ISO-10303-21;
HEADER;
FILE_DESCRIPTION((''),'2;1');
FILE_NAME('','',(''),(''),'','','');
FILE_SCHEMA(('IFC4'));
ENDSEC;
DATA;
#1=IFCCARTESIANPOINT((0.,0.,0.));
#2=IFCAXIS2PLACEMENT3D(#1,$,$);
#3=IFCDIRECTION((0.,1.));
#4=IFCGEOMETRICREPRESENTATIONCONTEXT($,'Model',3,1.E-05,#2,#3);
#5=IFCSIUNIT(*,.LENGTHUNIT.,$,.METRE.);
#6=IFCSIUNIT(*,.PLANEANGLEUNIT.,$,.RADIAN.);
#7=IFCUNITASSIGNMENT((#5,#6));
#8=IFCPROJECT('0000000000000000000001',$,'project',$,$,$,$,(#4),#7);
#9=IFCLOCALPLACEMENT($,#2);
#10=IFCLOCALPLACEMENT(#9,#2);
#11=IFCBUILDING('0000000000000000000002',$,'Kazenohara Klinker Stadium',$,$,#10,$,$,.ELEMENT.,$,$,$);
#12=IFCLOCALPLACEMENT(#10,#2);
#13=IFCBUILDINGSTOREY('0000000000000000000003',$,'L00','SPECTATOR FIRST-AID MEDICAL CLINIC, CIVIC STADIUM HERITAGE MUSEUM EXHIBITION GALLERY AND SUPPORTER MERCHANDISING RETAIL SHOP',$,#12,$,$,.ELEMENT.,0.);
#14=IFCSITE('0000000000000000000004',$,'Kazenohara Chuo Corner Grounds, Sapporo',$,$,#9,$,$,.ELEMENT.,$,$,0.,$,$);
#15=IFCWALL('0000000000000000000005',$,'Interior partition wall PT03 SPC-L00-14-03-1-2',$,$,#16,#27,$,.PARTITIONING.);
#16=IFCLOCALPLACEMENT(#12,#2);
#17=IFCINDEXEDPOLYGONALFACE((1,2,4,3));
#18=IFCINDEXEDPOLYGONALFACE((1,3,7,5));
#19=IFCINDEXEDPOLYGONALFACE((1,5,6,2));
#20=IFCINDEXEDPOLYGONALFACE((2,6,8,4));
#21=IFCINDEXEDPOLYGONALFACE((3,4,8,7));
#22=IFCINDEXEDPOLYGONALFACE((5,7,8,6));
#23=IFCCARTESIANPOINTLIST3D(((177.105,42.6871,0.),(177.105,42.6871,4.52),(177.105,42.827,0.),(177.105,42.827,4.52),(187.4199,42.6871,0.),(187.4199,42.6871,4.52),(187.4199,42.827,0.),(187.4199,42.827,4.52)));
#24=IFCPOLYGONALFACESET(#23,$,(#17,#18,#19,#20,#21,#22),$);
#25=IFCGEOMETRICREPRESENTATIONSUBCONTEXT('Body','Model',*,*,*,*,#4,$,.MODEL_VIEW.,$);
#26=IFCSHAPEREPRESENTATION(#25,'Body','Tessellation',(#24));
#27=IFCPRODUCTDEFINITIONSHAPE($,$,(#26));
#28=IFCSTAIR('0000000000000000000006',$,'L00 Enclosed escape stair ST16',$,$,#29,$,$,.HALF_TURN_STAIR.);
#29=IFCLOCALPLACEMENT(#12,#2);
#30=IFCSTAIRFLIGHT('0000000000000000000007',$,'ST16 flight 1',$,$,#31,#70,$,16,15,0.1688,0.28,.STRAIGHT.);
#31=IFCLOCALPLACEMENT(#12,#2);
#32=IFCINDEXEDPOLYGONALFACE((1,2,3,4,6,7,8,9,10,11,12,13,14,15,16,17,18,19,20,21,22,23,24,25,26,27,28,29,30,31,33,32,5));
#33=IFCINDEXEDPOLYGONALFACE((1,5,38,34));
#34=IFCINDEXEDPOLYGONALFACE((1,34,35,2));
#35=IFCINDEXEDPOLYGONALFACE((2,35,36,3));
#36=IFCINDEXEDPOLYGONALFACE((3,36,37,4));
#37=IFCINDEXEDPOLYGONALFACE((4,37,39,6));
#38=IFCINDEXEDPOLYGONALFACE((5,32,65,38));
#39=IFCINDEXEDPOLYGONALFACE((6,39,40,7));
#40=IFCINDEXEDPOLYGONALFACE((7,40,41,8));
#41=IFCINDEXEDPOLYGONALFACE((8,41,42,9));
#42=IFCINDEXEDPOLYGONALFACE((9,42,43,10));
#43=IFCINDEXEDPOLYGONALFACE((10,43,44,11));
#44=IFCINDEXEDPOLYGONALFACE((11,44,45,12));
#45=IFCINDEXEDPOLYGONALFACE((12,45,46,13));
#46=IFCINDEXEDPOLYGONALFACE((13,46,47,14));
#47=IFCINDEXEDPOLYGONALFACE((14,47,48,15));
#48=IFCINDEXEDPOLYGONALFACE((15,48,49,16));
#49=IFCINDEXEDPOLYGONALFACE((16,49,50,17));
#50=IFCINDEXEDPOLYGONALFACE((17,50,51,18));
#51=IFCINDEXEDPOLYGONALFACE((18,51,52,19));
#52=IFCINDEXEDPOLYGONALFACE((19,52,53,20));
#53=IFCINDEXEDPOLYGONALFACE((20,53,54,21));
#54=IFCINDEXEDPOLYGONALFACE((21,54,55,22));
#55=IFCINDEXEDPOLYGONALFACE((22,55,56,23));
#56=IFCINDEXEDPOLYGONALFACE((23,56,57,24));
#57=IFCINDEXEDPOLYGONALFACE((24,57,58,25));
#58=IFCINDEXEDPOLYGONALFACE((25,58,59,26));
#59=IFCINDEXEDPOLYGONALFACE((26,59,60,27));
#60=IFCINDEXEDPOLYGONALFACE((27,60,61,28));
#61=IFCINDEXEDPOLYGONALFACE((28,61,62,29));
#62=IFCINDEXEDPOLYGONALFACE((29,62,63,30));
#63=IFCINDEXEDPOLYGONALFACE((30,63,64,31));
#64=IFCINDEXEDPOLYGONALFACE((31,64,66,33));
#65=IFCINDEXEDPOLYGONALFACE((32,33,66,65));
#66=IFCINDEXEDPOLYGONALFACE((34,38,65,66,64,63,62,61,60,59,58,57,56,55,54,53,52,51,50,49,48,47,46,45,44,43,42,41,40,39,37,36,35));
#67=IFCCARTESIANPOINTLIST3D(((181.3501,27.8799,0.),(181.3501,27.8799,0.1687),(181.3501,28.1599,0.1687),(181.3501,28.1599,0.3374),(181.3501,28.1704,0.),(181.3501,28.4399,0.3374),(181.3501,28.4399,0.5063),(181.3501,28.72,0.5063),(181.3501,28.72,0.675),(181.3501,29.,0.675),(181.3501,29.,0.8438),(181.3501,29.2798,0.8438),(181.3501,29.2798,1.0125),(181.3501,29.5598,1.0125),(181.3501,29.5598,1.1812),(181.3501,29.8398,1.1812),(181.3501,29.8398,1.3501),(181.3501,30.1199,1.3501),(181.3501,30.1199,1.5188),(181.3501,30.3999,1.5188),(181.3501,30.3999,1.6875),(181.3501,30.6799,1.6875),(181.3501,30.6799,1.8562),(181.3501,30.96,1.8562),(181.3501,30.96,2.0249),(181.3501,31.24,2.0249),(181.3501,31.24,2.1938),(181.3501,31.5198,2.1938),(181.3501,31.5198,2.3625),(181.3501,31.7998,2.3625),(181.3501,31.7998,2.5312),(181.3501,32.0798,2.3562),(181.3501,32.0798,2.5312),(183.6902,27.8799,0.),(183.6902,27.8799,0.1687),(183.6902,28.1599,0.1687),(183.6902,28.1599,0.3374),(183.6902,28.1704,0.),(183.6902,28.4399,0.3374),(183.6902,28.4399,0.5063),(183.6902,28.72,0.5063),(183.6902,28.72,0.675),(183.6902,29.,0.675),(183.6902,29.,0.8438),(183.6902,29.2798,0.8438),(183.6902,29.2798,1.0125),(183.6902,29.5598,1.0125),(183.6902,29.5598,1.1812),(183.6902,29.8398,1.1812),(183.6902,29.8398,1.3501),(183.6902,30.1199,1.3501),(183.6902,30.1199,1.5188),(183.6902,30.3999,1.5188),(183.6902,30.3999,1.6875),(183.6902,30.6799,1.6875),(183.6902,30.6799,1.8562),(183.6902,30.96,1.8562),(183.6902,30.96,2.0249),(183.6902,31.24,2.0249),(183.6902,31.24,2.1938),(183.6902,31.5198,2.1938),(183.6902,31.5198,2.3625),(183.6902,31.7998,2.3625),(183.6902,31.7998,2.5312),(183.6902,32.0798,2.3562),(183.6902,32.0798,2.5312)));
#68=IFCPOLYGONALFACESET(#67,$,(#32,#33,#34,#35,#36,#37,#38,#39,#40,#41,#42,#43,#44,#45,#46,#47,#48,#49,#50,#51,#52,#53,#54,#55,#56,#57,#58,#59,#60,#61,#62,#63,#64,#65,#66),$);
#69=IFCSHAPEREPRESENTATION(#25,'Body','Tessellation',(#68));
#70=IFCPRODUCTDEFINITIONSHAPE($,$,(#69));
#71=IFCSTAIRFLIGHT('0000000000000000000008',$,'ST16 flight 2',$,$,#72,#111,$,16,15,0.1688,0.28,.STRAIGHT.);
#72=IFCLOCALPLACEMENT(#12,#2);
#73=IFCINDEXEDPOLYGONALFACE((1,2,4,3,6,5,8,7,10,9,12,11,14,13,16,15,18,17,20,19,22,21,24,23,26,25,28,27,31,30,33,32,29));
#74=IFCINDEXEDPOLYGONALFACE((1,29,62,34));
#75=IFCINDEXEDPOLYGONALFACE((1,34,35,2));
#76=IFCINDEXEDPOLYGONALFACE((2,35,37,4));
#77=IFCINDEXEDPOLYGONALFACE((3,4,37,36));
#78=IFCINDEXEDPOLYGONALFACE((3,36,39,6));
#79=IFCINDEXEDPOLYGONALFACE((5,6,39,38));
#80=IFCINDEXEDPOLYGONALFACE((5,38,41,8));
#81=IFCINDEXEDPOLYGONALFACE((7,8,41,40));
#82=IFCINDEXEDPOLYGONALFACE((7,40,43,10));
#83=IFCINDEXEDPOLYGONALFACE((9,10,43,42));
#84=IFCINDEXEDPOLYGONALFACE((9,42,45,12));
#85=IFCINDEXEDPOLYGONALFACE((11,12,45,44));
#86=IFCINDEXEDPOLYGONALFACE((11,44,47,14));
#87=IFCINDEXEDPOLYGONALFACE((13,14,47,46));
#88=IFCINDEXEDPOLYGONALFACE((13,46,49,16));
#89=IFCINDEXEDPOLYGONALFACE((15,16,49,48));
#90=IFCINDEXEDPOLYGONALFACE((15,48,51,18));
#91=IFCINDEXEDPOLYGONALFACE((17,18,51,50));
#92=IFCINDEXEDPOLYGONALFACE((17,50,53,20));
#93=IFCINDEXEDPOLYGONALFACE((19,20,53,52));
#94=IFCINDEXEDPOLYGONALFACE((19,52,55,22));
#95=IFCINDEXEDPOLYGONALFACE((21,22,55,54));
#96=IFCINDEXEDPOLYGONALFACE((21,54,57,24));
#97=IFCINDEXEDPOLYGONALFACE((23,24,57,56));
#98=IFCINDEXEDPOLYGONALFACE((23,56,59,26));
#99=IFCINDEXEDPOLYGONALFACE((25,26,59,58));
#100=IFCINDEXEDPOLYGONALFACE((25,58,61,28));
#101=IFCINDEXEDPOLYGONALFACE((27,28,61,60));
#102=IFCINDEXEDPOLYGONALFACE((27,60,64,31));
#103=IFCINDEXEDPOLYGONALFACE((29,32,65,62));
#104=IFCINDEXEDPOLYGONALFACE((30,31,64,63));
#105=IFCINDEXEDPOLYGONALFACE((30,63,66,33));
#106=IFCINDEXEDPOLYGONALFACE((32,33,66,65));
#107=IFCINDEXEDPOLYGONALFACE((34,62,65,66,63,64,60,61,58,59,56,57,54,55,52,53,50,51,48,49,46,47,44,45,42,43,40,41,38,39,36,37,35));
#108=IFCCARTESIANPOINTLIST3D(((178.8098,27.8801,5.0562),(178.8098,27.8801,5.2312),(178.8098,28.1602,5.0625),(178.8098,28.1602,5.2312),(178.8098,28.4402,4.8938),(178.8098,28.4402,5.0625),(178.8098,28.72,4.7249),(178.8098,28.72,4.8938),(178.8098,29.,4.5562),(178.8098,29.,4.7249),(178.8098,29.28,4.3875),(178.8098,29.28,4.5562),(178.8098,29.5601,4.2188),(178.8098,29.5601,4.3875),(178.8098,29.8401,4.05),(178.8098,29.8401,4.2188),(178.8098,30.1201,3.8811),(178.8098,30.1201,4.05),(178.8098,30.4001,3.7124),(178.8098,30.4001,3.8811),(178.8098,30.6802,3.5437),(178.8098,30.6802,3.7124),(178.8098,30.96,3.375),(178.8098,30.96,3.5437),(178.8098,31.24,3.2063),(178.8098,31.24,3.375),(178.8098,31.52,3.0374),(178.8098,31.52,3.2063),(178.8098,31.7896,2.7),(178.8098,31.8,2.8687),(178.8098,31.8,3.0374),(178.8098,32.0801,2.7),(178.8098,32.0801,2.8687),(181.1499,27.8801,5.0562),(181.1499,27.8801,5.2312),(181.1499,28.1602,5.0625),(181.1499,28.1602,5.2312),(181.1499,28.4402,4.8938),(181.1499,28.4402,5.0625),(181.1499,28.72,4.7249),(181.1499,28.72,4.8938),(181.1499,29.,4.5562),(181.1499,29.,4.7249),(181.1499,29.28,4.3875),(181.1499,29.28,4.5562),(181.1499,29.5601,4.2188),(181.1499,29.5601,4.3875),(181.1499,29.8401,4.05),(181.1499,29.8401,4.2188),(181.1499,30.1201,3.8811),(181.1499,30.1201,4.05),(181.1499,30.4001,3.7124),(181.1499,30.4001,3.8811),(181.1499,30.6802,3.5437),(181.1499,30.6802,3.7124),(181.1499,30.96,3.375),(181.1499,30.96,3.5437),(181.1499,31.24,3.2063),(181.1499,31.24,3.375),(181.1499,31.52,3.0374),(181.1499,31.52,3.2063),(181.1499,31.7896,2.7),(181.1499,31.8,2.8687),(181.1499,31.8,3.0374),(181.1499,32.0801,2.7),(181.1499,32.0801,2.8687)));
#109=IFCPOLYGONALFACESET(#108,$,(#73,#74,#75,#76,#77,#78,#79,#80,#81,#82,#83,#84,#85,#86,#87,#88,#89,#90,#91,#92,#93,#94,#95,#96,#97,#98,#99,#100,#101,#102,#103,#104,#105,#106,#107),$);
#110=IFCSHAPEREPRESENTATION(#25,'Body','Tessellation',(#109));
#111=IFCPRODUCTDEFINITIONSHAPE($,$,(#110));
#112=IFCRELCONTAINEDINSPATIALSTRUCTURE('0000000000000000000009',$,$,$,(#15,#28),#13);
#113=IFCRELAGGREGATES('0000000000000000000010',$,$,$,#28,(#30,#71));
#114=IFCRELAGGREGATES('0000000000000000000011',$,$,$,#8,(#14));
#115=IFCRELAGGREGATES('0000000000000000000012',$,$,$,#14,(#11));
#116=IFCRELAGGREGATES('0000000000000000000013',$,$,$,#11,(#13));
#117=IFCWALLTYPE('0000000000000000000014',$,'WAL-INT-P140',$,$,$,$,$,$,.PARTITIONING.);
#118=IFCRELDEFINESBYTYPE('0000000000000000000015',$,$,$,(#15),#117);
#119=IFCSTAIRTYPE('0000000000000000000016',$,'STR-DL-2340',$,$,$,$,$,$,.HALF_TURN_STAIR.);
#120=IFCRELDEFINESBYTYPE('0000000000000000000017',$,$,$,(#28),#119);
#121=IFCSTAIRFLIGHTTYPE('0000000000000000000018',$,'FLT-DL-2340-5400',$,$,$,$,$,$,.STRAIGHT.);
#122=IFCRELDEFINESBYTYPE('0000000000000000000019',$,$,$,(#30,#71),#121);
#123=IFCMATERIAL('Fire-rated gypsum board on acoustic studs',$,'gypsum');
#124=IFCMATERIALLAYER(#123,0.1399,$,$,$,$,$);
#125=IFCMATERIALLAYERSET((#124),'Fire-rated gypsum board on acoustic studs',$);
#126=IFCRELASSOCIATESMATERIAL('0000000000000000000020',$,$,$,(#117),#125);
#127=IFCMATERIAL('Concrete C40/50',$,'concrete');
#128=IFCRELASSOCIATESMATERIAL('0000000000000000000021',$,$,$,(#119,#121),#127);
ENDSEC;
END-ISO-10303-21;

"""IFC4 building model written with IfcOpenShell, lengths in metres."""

from ifc_helpers import new_model, si_unit, direction, frame, frame_2d, origin, place, context, subcontext, project, spatial, polyline, rectangle, outline, extrude, material, layer, layer_set, type_object, element, aggregate, save


model = new_model("IFC4")

# Units and contexts
model_context = context("Model", 3, precision=1e-05, world=origin(), true_north=direction((0.0, 1.0)))
body_context = subcontext(model_context, "Body", "Model", "MODEL_VIEW")
ifc_project = project(units=[si_unit("LENGTHUNIT", "METRE"), si_unit("PLANEANGLEUNIT", "RADIAN")], contexts=[model_context])

# Site, building, storey
site_placement = place(None, origin())
site = spatial("IfcSite", under=ifc_project, at=site_placement, Name="Kazenohara Chuo Corner Grounds, Sapporo", CompositionType="ELEMENT", RefElevation=0.0)
building_placement = place(site_placement, origin())
building = spatial("IfcBuilding", under=site, at=building_placement, Name="Kazenohara Klinker Stadium", CompositionType="ELEMENT")
storey_placement = place(building_placement, origin())
storey = spatial("IfcBuildingStorey", under=building, at=storey_placement, Name="L00", Description="SPECTATOR FIRST-AID MEDICAL CLINIC, CIVIC STADIUM HERITAGE MUSEUM EXHIBITION GALLERY AND SUPPORTER MERCHANDISING RETAIL SHOP", CompositionType="ELEMENT", Elevation=0.0)

# Shared definitions
ifc_material_1 = material(Name="Concrete C40/50", Category="concrete")

# Shared definitions
ifc_material_2 = material(Name="Fire-rated gypsum board on acoustic studs", Category="gypsum")

# Wall
ifc_layer_1 = layer(ifc_material_2, 0.1399)
ifc_layer_set_1 = layer_set([ifc_layer_1], Name="Fire-rated gypsum board on acoustic studs")
wall_type_1 = type_object("IfcWallType", Name="WAL-INT-P140", PredefinedType="PARTITIONING", material=ifc_layer_set_1)
wall_1_placement = place(storey_placement, frame((177.105, 42.7571, 0.0), z_axis=(0.0, 0.0, 1.0), x_axis=(1.0, 0.0, 0.0)))
element("IfcWall", 1, at=wall_1_placement, inside=storey, type_object=wall_type_1, Name="Interior partition wall PT03 SPC-L00-14-03-1-2", PredefinedType="PARTITIONING", context=body_context, shape_type="SweptSolid", body=[
    extrude(rectangle(XDim=10.3149, YDim=0.1399, at=frame_2d((5.1575, 0.0))), origin(), (0.0, 0.0, 1.0), 4.52),
])

# Stair, stair flights
stair_type = type_object("IfcStairType", Name="STR-DL-2340", PredefinedType="HALF_TURN_STAIR", material=ifc_material_1)
stair_placement = place(storey_placement, origin())
stair = element("IfcStair", 2, at=stair_placement, inside=storey, type_object=stair_type, Name="L00 Enclosed escape stair ST16", PredefinedType="HALF_TURN_STAIR")
stair_flight_type = type_object("IfcStairFlightType", Name="FLT-DL-2340-5400", PredefinedType="STRAIGHT", material=ifc_material_1)
stair_flight_1_placement = place(storey_placement, frame((182.52, 27.8799, 0.0), z_axis=(0.0, 0.0, 1.0), x_axis=(0.0, 1.0, 0.0)))
stair_flight_1 = element("IfcStairFlight", 3, at=stair_flight_1_placement, type_object=stair_flight_type, Name="ST16 flight 1", NumberOfRisers=16, NumberOfTreads=15, PredefinedType="STRAIGHT", RiserHeight=0.1688, TreadLength=0.28, context=body_context, shape_type="SweptSolid", body=[
    extrude(outline(polyline([(0.0, 0.0), (0.0, 0.1687), (0.28, 0.1687), (0.28, 0.3374), (0.5601, 0.3374), (0.5601, 0.5063), (0.8401, 0.5063), (0.8401, 0.675), (1.1201, 0.675), (1.1201, 0.8438), (1.3999, 0.8438), (1.3999, 1.0125), (1.6799, 1.0125), (1.6799, 1.1812), (1.96, 1.1812), (1.96, 1.3501), (2.24, 1.3501), (2.24, 1.5188), (2.52, 1.5188), (2.52, 1.6875), (2.8, 1.6875), (2.8, 1.8562), (3.0801, 1.8562), (3.0801, 2.0249), (3.3601, 2.0249), (3.3601, 2.1938), (3.6399, 2.1938), (3.6399, 2.3625), (3.9199, 2.3625), (3.9199, 2.5312), (4.2, 2.5312), (4.2, 2.7), (4.2, 2.3562), (0.2905, 0.0), (0.0, 0.0)])), frame((0.0, 1.1699, 0.0), z_axis=(0.0, -1.0, 0.0), x_axis=(1.0, 0.0, 0.0)), (0.0, 0.0, 1.0), 2.3401),
])
stair_flight_2_placement = place(storey_placement, frame((179.98, 32.0801, 2.7), z_axis=(0.0, 0.0, 1.0), x_axis=(0.0, -1.0, 0.0)))
stair_flight_2 = element("IfcStairFlight", 4, at=stair_flight_2_placement, type_object=stair_flight_type, Name="ST16 flight 2", NumberOfRisers=16, NumberOfTreads=15, PredefinedType="STRAIGHT", RiserHeight=0.1688, TreadLength=0.28, context=body_context, shape_type="SweptSolid", body=[
    extrude(outline(polyline([(0.0, 0.0), (0.0, 0.1687), (0.28, 0.1687), (0.28, 0.3374), (0.5601, 0.3374), (0.5601, 0.5063), (0.8401, 0.5063), (0.8401, 0.675), (1.1201, 0.675), (1.1201, 0.8438), (1.3999, 0.8438), (1.3999, 1.0125), (1.6799, 1.0125), (1.6799, 1.1812), (1.96, 1.1812), (1.96, 1.3501), (2.24, 1.3501), (2.24, 1.5188), (2.52, 1.5188), (2.52, 1.6875), (2.8, 1.6875), (2.8, 1.8562), (3.0801, 1.8562), (3.0801, 2.0249), (3.3601, 2.0249), (3.3601, 2.1938), (3.6399, 2.1938), (3.6399, 2.3625), (3.9199, 2.3625), (3.9199, 2.5312), (4.2, 2.5312), (4.2, 2.7), (4.2, 2.3562), (0.2905, 0.0), (0.0, 0.0)])), frame((0.0, 1.1699, 0.0), z_axis=(0.0, -1.0, 0.0), x_axis=(1.0, 0.0, 0.0)), (0.0, 0.0, 1.0), 2.3401),
])
aggregate(stair, [stair_flight_1, stair_flight_2])

save(model, "model.ifc")
